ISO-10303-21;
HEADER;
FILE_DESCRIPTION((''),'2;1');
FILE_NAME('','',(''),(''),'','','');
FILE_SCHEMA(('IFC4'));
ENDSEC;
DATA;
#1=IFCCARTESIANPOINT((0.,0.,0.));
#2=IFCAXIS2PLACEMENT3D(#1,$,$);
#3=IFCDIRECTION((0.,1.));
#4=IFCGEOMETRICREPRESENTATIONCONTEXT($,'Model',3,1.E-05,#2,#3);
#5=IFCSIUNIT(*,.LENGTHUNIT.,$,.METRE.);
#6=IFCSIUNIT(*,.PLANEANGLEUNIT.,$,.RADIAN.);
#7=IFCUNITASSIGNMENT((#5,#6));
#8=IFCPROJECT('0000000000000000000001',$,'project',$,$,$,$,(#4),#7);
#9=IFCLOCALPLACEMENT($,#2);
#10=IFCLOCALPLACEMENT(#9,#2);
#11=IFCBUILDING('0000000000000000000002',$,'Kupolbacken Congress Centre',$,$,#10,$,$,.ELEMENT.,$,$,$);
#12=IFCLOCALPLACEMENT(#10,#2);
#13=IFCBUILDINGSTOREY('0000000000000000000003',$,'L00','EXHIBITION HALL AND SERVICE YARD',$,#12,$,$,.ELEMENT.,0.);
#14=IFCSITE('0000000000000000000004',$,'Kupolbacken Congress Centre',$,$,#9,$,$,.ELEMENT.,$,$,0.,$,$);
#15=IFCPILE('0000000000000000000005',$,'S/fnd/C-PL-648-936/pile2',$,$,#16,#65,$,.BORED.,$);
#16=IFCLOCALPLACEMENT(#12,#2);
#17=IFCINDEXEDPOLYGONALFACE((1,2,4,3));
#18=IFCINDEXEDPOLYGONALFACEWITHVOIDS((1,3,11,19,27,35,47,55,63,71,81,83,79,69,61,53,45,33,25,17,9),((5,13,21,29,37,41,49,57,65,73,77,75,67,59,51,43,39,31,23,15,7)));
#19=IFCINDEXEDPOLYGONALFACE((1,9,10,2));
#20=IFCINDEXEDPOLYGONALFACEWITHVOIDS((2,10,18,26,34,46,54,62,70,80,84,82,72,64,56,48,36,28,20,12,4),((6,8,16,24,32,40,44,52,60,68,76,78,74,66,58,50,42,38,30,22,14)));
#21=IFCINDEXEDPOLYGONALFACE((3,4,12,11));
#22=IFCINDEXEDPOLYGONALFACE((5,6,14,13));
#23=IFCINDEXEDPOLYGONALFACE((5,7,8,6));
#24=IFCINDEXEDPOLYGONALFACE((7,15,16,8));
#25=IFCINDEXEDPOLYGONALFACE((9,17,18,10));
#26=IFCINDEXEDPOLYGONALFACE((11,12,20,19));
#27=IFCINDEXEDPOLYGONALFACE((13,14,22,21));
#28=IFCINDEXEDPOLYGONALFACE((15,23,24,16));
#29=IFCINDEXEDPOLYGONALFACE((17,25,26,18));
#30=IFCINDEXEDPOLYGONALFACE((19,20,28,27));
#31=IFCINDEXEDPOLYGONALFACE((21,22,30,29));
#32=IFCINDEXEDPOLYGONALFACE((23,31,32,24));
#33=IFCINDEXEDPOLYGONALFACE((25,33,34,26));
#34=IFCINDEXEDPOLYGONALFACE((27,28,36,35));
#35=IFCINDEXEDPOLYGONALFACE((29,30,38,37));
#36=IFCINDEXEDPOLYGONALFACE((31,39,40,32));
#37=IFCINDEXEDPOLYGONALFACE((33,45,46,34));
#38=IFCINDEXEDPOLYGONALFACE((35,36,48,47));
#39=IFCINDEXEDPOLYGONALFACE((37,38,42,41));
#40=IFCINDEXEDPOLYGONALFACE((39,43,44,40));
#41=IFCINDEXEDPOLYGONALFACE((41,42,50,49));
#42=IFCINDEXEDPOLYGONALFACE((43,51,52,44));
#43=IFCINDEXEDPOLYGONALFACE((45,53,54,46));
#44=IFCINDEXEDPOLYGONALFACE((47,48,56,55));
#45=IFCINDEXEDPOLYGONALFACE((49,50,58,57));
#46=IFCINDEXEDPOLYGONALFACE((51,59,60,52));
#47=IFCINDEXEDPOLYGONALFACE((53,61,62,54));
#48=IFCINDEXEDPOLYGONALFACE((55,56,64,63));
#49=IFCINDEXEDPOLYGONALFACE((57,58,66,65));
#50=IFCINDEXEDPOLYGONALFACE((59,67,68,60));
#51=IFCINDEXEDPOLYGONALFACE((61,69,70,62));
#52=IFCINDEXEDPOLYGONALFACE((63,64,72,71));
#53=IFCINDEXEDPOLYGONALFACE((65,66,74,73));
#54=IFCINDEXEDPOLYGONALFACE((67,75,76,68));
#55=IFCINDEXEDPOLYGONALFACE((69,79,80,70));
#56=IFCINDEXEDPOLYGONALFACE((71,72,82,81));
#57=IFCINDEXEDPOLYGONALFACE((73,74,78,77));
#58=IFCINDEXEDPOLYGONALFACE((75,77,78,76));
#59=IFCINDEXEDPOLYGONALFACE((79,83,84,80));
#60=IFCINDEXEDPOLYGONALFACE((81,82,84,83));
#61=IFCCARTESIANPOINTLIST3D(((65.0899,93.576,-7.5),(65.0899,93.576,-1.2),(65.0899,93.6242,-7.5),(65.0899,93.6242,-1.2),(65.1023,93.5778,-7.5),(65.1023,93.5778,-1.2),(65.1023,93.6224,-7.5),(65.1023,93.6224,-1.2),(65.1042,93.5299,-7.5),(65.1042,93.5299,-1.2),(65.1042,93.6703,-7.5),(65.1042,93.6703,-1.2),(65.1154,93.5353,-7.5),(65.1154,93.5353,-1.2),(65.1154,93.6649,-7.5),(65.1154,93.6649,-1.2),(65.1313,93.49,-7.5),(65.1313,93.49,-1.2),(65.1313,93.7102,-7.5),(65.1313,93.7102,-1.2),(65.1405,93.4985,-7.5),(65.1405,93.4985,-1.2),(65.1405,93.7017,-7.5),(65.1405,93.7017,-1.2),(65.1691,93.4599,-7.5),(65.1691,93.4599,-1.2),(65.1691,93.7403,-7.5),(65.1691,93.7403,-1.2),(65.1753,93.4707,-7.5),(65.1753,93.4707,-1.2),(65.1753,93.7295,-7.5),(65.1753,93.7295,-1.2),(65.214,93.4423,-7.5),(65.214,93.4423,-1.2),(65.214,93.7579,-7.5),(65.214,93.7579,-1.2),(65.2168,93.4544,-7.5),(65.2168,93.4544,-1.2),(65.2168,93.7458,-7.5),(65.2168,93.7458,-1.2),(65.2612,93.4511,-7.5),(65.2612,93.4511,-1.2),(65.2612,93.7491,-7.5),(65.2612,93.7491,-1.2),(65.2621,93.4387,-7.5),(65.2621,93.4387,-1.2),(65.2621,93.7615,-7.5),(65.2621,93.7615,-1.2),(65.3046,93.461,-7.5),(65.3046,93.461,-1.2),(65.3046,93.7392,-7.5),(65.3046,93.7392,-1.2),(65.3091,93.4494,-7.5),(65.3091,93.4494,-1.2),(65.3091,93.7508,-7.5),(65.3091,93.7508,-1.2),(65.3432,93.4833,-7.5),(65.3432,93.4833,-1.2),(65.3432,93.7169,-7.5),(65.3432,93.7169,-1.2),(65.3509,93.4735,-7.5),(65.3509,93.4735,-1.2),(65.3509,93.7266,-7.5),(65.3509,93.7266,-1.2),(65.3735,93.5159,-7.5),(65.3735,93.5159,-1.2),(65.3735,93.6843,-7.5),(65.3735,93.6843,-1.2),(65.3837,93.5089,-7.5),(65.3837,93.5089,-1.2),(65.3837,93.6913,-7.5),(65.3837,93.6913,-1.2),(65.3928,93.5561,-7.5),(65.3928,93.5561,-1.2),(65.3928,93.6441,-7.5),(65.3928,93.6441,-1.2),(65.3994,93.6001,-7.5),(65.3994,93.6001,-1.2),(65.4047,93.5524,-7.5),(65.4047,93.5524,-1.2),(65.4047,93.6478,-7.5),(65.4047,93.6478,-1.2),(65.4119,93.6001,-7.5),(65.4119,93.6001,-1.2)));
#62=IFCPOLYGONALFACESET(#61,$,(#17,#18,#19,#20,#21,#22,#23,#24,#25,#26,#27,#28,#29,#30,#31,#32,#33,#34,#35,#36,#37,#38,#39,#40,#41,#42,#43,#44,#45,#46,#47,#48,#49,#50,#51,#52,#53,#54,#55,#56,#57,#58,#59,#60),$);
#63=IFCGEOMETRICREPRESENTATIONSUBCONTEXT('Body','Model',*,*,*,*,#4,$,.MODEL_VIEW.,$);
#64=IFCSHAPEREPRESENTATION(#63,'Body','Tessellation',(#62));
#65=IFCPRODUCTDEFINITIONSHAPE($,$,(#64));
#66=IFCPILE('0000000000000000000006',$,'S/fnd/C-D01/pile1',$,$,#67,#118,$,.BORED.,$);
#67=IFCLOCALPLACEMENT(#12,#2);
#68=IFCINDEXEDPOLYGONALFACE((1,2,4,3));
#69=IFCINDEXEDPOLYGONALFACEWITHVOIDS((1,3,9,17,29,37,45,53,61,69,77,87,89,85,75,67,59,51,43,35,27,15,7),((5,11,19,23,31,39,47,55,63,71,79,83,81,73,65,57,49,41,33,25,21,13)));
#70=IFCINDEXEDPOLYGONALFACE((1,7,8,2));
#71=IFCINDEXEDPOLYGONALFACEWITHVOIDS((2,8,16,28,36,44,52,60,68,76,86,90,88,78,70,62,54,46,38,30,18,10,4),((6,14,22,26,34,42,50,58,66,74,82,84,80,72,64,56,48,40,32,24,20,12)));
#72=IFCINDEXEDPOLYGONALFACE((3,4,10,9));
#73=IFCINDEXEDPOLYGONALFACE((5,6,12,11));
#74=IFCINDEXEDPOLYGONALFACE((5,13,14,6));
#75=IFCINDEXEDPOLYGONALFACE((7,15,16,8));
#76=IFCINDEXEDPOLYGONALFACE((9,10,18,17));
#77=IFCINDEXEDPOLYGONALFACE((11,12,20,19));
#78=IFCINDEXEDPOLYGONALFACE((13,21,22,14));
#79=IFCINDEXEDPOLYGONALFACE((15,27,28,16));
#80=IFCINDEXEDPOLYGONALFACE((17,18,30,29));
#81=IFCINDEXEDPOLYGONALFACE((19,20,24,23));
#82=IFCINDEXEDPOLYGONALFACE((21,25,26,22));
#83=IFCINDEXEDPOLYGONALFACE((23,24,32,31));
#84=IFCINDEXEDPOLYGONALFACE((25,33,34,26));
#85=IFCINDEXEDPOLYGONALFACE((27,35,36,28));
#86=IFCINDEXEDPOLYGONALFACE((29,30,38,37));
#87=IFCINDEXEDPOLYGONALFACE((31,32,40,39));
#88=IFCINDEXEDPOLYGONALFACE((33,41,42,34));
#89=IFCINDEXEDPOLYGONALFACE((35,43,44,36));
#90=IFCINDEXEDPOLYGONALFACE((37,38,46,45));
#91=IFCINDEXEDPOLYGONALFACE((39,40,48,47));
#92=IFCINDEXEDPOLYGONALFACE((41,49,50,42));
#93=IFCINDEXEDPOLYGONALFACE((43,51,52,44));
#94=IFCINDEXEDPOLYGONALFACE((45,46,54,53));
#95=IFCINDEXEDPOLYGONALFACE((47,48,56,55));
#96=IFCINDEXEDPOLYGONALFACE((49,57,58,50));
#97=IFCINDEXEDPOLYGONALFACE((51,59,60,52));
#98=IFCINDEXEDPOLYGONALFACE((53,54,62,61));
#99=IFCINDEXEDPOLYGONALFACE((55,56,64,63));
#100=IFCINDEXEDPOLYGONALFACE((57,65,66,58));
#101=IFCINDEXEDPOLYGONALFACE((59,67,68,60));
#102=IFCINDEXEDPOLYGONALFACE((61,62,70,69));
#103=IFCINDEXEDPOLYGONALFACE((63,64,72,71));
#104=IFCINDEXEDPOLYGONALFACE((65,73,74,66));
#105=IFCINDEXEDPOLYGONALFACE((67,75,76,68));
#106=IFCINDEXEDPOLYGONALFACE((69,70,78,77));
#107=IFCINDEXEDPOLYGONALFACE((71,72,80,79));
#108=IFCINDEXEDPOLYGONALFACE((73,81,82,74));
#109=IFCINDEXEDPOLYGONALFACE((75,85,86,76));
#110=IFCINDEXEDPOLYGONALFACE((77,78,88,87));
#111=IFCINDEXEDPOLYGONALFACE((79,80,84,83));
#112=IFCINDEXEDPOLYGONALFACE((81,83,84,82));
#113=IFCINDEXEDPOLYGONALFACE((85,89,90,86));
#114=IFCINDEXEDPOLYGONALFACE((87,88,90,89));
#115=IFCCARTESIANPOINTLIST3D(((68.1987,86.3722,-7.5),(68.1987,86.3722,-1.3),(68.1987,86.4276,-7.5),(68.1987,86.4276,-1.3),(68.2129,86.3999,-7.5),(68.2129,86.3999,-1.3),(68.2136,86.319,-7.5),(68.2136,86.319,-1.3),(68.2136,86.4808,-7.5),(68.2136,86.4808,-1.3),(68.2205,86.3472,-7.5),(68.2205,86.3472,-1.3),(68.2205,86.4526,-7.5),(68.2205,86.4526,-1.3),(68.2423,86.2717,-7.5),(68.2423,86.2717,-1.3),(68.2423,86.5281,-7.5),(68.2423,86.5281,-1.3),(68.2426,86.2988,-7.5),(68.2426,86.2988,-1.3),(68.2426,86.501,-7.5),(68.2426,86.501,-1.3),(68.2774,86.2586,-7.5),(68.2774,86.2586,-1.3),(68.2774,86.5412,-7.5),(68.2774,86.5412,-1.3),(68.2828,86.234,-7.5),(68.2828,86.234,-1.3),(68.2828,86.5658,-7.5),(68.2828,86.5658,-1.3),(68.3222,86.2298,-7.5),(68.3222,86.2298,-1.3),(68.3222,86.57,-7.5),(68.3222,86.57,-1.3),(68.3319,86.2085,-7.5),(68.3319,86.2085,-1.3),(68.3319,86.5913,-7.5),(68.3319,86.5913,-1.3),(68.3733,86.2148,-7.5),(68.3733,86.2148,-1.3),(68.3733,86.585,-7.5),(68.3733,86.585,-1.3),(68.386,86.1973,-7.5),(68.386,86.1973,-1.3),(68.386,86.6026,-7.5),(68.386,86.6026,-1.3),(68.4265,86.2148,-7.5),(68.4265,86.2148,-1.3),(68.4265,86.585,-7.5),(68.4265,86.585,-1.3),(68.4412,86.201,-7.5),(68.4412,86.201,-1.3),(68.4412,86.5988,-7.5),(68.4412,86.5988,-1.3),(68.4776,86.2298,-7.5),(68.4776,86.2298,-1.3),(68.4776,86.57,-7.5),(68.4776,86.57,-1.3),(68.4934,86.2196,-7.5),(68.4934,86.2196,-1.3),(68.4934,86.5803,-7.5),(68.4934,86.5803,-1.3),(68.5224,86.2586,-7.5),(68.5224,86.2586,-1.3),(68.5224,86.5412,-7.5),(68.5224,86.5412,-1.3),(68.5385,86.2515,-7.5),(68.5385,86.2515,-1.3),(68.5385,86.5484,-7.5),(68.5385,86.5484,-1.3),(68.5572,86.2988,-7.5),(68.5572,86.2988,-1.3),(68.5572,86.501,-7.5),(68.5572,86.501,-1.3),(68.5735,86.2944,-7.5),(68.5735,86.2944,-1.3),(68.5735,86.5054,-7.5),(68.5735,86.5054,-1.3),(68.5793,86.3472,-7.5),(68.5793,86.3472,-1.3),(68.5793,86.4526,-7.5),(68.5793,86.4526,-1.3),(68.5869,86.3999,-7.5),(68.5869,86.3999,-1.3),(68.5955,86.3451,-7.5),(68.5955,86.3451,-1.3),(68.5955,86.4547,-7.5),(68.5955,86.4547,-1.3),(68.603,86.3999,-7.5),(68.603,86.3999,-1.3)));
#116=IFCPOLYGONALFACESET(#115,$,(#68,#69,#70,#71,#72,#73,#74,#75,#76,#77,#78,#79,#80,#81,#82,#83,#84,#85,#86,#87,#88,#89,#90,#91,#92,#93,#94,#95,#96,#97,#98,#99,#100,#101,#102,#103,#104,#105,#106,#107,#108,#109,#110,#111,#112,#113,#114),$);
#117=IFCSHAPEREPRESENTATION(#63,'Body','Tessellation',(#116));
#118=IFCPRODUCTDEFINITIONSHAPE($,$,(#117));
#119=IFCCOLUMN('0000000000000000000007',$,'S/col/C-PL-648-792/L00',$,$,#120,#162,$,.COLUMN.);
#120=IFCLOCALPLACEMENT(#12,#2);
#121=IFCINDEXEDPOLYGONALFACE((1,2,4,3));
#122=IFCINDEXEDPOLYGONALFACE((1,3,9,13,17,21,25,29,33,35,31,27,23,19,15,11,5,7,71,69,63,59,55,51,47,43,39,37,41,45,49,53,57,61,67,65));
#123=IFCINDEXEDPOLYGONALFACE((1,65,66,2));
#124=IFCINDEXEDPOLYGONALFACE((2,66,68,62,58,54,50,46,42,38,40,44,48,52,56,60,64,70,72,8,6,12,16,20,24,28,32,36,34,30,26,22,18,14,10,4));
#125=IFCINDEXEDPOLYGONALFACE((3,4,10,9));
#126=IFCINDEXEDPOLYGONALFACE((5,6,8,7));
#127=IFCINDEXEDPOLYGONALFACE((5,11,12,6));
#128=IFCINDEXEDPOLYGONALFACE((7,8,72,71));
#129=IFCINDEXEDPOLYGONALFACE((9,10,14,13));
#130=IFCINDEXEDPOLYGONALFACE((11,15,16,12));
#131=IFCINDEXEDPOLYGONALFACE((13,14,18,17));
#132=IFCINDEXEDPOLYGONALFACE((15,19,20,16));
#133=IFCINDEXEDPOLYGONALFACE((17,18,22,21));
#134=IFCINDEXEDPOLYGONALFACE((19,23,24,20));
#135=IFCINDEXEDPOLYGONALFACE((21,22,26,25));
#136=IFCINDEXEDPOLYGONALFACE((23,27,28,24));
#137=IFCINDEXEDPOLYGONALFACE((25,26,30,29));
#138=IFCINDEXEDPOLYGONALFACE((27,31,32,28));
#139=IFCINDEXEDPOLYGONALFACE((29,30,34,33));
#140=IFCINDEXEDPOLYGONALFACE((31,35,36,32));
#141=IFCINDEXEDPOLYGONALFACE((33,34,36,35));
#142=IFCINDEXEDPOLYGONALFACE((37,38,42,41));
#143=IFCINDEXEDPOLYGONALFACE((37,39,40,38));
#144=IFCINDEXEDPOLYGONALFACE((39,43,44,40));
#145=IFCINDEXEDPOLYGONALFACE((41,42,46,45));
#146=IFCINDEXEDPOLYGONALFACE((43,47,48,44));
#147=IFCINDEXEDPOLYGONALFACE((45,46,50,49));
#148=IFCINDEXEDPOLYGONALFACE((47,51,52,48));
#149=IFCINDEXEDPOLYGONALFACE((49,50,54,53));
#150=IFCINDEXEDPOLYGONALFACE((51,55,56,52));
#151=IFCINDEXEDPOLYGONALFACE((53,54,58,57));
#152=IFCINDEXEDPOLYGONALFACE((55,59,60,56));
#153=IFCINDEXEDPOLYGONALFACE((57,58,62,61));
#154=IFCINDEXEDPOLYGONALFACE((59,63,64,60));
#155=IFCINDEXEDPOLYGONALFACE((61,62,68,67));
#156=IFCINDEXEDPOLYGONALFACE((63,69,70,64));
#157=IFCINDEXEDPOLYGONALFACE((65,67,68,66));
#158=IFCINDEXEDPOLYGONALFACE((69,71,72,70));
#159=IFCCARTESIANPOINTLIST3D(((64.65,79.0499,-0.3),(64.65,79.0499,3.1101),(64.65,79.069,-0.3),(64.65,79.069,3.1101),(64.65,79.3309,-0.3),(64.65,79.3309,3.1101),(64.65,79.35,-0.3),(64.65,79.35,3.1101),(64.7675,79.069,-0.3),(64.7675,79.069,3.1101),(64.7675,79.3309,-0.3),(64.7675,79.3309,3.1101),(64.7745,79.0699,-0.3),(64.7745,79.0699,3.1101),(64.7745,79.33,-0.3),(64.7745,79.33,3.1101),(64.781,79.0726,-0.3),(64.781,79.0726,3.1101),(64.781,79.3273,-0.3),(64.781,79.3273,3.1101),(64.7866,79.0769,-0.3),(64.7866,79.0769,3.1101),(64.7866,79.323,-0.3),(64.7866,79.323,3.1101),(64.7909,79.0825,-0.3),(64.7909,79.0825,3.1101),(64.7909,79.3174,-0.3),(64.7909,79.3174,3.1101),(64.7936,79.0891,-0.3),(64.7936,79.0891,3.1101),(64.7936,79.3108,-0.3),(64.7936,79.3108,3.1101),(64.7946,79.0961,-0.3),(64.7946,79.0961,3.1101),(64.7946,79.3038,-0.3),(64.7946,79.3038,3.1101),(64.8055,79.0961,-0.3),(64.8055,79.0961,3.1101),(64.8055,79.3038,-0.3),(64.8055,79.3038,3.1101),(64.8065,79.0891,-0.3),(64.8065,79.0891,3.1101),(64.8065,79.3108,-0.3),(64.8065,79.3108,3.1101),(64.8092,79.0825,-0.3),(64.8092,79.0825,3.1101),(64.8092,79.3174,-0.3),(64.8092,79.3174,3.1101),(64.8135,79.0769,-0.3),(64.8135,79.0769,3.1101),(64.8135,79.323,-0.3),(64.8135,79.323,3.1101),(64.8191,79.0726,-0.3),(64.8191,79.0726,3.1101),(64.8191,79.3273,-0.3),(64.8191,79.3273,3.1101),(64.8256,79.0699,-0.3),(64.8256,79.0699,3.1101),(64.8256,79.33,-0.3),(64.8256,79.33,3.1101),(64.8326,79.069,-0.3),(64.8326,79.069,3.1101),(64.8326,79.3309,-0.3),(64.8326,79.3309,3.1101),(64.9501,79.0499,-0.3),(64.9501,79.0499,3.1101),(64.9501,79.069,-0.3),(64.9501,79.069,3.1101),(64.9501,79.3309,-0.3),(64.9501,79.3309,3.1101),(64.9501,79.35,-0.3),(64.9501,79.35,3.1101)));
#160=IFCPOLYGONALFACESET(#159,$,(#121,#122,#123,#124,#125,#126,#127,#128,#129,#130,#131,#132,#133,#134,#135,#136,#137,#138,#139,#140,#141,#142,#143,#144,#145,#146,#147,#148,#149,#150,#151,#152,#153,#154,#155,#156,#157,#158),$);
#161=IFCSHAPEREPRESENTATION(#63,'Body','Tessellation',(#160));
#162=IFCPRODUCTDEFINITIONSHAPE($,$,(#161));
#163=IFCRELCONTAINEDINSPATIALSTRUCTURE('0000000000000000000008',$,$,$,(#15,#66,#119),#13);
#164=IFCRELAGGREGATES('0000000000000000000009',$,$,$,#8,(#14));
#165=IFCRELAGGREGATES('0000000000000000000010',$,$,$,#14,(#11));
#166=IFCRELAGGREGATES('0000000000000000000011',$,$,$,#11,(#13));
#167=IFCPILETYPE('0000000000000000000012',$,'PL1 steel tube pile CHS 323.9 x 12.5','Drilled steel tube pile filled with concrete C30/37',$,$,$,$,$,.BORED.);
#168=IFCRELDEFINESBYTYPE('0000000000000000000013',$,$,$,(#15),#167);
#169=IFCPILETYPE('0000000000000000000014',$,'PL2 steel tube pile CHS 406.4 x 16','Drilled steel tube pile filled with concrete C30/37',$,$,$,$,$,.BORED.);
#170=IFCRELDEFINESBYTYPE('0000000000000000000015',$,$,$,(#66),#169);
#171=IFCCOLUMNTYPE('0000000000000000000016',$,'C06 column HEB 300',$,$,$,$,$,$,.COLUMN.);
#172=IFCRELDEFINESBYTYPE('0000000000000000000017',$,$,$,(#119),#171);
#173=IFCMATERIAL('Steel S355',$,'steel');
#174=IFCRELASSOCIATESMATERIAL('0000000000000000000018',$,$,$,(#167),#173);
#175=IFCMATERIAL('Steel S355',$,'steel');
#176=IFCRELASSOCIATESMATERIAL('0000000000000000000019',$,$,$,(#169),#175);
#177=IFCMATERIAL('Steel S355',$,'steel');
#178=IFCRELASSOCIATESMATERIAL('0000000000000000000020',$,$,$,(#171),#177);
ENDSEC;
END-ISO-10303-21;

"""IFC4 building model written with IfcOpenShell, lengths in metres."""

from ifc_helpers import new_model, si_unit, direction, frame, origin, origin_2d, place, context, subcontext, project, spatial, hollow_circle, i_section, extrude, material, material_profile, profile_set, type_object, element, save


model = new_model("IFC4")

# Units and contexts
model_context = context("Model", 3, precision=1e-05, world=origin(), true_north=direction((0.0, 1.0)))
body_context = subcontext(model_context, "Body", "Model", "MODEL_VIEW")
ifc_project = project(units=[si_unit("LENGTHUNIT", "METRE"), si_unit("PLANEANGLEUNIT", "RADIAN")], contexts=[model_context])

# Site, building, storey
site_placement = place(None, origin())
site = spatial("IfcSite", under=ifc_project, at=site_placement, Name="Kupolbacken Congress Centre", CompositionType="ELEMENT", RefElevation=0.0)
building_placement = place(site_placement, origin())
building = spatial("IfcBuilding", under=site, at=building_placement, Name="Kupolbacken Congress Centre", CompositionType="ELEMENT")
storey_placement = place(building_placement, origin())
storey = spatial("IfcBuildingStorey", under=building, at=storey_placement, Name="L00", Description="EXHIBITION HALL AND SERVICE YARD", CompositionType="ELEMENT", Elevation=0.0)

# Piles
ifc_material_1 = material(Name="Steel S355", Category="steel")
ifc_material_profile_1 = material_profile(ifc_material_1, hollow_circle(Radius=0.1619, WallThickness=0.0125, at=origin_2d()), Name="CHS 323.9 x 12.5")
ifc_profile_set_1 = profile_set([ifc_material_profile_1], Name="Steel S355")
pile_type_1 = type_object("IfcPileType", Name="PL1 steel tube pile CHS 323.9 x 12.5", Description="Drilled steel tube pile filled with concrete C30/37", PredefinedType="BORED", material=ifc_profile_set_1)
for number, where, z_axis, x_axis, name in (
    (1, (65.25, 93.6001, -1.2), (0.0, 0.0, -1.0), (1.0, 0.0, 0.0), "S/fnd/C-PL-648-936/pile2"),
):
    element("IfcPile", number, at=place(storey_placement, frame(where, z_axis=z_axis, x_axis=x_axis)), inside=storey, type_object=pile_type_1, Name=name, PredefinedType="BORED", context=body_context, shape_type="SweptSolid", body=[
        extrude(hollow_circle(Radius=0.1619, WallThickness=0.0125, at=origin_2d()), origin(), (0.0, 0.0, 1.0), 6.3),
    ])
ifc_material_2 = material(Name="Steel S355", Category="steel")
ifc_material_profile_2 = material_profile(ifc_material_2, hollow_circle(Radius=0.2031, WallThickness=0.0161, at=origin_2d()), Name="CHS 406.4 x 16")
ifc_profile_set_2 = profile_set([ifc_material_profile_2], Name="Steel S355")
pile_type_2 = type_object("IfcPileType", Name="PL2 steel tube pile CHS 406.4 x 16", Description="Drilled steel tube pile filled with concrete C30/37", PredefinedType="BORED", material=ifc_profile_set_2)
pile_placement = place(storey_placement, frame((68.3999, 86.3999, -1.3), z_axis=(0.0, 0.0, -1.0), x_axis=(1.0, 0.0, 0.0)))
element("IfcPile", 2, at=pile_placement, inside=storey, type_object=pile_type_2, Name="S/fnd/C-D01/pile1", PredefinedType="BORED", context=body_context, shape_type="SweptSolid", body=[
    extrude(hollow_circle(Radius=0.2031, WallThickness=0.0161, at=origin_2d()), origin(), (0.0, 0.0, 1.0), 6.2),
])

# Column
ifc_material_3 = material(Name="Steel S355", Category="steel")
ifc_material_profile_3 = material_profile(ifc_material_3, i_section(OverallWidth=0.3, OverallDepth=0.3, WebThickness=0.011, FlangeThickness=0.019, FilletRadius=0.0271, at=origin_2d()), Name="HEB 300")
ifc_profile_set_3 = profile_set([ifc_material_profile_3], Name="Steel S355")
column_type_1 = type_object("IfcColumnType", Name="C06 column HEB 300", PredefinedType="COLUMN", material=ifc_profile_set_3)
for number, where, z_axis, x_axis, name in (
    (3, (64.8, 79.2, -0.3), (0.0, 0.0, 1.0), (1.0, 0.0, 0.0), "S/col/C-PL-648-792/L00"),
):
    element("IfcColumn", number, at=place(storey_placement, frame(where, z_axis=z_axis, x_axis=x_axis)), inside=storey, type_object=column_type_1, Name=name, PredefinedType="COLUMN", context=body_context, shape_type="SweptSolid", body=[
        extrude(i_section(OverallWidth=0.3, OverallDepth=0.3, WebThickness=0.011, FlangeThickness=0.019, FilletRadius=0.0271, at=origin_2d()), origin(), (0.0, 0.0, 1.0), 3.4102),
    ])

save(model, "model.ifc")
